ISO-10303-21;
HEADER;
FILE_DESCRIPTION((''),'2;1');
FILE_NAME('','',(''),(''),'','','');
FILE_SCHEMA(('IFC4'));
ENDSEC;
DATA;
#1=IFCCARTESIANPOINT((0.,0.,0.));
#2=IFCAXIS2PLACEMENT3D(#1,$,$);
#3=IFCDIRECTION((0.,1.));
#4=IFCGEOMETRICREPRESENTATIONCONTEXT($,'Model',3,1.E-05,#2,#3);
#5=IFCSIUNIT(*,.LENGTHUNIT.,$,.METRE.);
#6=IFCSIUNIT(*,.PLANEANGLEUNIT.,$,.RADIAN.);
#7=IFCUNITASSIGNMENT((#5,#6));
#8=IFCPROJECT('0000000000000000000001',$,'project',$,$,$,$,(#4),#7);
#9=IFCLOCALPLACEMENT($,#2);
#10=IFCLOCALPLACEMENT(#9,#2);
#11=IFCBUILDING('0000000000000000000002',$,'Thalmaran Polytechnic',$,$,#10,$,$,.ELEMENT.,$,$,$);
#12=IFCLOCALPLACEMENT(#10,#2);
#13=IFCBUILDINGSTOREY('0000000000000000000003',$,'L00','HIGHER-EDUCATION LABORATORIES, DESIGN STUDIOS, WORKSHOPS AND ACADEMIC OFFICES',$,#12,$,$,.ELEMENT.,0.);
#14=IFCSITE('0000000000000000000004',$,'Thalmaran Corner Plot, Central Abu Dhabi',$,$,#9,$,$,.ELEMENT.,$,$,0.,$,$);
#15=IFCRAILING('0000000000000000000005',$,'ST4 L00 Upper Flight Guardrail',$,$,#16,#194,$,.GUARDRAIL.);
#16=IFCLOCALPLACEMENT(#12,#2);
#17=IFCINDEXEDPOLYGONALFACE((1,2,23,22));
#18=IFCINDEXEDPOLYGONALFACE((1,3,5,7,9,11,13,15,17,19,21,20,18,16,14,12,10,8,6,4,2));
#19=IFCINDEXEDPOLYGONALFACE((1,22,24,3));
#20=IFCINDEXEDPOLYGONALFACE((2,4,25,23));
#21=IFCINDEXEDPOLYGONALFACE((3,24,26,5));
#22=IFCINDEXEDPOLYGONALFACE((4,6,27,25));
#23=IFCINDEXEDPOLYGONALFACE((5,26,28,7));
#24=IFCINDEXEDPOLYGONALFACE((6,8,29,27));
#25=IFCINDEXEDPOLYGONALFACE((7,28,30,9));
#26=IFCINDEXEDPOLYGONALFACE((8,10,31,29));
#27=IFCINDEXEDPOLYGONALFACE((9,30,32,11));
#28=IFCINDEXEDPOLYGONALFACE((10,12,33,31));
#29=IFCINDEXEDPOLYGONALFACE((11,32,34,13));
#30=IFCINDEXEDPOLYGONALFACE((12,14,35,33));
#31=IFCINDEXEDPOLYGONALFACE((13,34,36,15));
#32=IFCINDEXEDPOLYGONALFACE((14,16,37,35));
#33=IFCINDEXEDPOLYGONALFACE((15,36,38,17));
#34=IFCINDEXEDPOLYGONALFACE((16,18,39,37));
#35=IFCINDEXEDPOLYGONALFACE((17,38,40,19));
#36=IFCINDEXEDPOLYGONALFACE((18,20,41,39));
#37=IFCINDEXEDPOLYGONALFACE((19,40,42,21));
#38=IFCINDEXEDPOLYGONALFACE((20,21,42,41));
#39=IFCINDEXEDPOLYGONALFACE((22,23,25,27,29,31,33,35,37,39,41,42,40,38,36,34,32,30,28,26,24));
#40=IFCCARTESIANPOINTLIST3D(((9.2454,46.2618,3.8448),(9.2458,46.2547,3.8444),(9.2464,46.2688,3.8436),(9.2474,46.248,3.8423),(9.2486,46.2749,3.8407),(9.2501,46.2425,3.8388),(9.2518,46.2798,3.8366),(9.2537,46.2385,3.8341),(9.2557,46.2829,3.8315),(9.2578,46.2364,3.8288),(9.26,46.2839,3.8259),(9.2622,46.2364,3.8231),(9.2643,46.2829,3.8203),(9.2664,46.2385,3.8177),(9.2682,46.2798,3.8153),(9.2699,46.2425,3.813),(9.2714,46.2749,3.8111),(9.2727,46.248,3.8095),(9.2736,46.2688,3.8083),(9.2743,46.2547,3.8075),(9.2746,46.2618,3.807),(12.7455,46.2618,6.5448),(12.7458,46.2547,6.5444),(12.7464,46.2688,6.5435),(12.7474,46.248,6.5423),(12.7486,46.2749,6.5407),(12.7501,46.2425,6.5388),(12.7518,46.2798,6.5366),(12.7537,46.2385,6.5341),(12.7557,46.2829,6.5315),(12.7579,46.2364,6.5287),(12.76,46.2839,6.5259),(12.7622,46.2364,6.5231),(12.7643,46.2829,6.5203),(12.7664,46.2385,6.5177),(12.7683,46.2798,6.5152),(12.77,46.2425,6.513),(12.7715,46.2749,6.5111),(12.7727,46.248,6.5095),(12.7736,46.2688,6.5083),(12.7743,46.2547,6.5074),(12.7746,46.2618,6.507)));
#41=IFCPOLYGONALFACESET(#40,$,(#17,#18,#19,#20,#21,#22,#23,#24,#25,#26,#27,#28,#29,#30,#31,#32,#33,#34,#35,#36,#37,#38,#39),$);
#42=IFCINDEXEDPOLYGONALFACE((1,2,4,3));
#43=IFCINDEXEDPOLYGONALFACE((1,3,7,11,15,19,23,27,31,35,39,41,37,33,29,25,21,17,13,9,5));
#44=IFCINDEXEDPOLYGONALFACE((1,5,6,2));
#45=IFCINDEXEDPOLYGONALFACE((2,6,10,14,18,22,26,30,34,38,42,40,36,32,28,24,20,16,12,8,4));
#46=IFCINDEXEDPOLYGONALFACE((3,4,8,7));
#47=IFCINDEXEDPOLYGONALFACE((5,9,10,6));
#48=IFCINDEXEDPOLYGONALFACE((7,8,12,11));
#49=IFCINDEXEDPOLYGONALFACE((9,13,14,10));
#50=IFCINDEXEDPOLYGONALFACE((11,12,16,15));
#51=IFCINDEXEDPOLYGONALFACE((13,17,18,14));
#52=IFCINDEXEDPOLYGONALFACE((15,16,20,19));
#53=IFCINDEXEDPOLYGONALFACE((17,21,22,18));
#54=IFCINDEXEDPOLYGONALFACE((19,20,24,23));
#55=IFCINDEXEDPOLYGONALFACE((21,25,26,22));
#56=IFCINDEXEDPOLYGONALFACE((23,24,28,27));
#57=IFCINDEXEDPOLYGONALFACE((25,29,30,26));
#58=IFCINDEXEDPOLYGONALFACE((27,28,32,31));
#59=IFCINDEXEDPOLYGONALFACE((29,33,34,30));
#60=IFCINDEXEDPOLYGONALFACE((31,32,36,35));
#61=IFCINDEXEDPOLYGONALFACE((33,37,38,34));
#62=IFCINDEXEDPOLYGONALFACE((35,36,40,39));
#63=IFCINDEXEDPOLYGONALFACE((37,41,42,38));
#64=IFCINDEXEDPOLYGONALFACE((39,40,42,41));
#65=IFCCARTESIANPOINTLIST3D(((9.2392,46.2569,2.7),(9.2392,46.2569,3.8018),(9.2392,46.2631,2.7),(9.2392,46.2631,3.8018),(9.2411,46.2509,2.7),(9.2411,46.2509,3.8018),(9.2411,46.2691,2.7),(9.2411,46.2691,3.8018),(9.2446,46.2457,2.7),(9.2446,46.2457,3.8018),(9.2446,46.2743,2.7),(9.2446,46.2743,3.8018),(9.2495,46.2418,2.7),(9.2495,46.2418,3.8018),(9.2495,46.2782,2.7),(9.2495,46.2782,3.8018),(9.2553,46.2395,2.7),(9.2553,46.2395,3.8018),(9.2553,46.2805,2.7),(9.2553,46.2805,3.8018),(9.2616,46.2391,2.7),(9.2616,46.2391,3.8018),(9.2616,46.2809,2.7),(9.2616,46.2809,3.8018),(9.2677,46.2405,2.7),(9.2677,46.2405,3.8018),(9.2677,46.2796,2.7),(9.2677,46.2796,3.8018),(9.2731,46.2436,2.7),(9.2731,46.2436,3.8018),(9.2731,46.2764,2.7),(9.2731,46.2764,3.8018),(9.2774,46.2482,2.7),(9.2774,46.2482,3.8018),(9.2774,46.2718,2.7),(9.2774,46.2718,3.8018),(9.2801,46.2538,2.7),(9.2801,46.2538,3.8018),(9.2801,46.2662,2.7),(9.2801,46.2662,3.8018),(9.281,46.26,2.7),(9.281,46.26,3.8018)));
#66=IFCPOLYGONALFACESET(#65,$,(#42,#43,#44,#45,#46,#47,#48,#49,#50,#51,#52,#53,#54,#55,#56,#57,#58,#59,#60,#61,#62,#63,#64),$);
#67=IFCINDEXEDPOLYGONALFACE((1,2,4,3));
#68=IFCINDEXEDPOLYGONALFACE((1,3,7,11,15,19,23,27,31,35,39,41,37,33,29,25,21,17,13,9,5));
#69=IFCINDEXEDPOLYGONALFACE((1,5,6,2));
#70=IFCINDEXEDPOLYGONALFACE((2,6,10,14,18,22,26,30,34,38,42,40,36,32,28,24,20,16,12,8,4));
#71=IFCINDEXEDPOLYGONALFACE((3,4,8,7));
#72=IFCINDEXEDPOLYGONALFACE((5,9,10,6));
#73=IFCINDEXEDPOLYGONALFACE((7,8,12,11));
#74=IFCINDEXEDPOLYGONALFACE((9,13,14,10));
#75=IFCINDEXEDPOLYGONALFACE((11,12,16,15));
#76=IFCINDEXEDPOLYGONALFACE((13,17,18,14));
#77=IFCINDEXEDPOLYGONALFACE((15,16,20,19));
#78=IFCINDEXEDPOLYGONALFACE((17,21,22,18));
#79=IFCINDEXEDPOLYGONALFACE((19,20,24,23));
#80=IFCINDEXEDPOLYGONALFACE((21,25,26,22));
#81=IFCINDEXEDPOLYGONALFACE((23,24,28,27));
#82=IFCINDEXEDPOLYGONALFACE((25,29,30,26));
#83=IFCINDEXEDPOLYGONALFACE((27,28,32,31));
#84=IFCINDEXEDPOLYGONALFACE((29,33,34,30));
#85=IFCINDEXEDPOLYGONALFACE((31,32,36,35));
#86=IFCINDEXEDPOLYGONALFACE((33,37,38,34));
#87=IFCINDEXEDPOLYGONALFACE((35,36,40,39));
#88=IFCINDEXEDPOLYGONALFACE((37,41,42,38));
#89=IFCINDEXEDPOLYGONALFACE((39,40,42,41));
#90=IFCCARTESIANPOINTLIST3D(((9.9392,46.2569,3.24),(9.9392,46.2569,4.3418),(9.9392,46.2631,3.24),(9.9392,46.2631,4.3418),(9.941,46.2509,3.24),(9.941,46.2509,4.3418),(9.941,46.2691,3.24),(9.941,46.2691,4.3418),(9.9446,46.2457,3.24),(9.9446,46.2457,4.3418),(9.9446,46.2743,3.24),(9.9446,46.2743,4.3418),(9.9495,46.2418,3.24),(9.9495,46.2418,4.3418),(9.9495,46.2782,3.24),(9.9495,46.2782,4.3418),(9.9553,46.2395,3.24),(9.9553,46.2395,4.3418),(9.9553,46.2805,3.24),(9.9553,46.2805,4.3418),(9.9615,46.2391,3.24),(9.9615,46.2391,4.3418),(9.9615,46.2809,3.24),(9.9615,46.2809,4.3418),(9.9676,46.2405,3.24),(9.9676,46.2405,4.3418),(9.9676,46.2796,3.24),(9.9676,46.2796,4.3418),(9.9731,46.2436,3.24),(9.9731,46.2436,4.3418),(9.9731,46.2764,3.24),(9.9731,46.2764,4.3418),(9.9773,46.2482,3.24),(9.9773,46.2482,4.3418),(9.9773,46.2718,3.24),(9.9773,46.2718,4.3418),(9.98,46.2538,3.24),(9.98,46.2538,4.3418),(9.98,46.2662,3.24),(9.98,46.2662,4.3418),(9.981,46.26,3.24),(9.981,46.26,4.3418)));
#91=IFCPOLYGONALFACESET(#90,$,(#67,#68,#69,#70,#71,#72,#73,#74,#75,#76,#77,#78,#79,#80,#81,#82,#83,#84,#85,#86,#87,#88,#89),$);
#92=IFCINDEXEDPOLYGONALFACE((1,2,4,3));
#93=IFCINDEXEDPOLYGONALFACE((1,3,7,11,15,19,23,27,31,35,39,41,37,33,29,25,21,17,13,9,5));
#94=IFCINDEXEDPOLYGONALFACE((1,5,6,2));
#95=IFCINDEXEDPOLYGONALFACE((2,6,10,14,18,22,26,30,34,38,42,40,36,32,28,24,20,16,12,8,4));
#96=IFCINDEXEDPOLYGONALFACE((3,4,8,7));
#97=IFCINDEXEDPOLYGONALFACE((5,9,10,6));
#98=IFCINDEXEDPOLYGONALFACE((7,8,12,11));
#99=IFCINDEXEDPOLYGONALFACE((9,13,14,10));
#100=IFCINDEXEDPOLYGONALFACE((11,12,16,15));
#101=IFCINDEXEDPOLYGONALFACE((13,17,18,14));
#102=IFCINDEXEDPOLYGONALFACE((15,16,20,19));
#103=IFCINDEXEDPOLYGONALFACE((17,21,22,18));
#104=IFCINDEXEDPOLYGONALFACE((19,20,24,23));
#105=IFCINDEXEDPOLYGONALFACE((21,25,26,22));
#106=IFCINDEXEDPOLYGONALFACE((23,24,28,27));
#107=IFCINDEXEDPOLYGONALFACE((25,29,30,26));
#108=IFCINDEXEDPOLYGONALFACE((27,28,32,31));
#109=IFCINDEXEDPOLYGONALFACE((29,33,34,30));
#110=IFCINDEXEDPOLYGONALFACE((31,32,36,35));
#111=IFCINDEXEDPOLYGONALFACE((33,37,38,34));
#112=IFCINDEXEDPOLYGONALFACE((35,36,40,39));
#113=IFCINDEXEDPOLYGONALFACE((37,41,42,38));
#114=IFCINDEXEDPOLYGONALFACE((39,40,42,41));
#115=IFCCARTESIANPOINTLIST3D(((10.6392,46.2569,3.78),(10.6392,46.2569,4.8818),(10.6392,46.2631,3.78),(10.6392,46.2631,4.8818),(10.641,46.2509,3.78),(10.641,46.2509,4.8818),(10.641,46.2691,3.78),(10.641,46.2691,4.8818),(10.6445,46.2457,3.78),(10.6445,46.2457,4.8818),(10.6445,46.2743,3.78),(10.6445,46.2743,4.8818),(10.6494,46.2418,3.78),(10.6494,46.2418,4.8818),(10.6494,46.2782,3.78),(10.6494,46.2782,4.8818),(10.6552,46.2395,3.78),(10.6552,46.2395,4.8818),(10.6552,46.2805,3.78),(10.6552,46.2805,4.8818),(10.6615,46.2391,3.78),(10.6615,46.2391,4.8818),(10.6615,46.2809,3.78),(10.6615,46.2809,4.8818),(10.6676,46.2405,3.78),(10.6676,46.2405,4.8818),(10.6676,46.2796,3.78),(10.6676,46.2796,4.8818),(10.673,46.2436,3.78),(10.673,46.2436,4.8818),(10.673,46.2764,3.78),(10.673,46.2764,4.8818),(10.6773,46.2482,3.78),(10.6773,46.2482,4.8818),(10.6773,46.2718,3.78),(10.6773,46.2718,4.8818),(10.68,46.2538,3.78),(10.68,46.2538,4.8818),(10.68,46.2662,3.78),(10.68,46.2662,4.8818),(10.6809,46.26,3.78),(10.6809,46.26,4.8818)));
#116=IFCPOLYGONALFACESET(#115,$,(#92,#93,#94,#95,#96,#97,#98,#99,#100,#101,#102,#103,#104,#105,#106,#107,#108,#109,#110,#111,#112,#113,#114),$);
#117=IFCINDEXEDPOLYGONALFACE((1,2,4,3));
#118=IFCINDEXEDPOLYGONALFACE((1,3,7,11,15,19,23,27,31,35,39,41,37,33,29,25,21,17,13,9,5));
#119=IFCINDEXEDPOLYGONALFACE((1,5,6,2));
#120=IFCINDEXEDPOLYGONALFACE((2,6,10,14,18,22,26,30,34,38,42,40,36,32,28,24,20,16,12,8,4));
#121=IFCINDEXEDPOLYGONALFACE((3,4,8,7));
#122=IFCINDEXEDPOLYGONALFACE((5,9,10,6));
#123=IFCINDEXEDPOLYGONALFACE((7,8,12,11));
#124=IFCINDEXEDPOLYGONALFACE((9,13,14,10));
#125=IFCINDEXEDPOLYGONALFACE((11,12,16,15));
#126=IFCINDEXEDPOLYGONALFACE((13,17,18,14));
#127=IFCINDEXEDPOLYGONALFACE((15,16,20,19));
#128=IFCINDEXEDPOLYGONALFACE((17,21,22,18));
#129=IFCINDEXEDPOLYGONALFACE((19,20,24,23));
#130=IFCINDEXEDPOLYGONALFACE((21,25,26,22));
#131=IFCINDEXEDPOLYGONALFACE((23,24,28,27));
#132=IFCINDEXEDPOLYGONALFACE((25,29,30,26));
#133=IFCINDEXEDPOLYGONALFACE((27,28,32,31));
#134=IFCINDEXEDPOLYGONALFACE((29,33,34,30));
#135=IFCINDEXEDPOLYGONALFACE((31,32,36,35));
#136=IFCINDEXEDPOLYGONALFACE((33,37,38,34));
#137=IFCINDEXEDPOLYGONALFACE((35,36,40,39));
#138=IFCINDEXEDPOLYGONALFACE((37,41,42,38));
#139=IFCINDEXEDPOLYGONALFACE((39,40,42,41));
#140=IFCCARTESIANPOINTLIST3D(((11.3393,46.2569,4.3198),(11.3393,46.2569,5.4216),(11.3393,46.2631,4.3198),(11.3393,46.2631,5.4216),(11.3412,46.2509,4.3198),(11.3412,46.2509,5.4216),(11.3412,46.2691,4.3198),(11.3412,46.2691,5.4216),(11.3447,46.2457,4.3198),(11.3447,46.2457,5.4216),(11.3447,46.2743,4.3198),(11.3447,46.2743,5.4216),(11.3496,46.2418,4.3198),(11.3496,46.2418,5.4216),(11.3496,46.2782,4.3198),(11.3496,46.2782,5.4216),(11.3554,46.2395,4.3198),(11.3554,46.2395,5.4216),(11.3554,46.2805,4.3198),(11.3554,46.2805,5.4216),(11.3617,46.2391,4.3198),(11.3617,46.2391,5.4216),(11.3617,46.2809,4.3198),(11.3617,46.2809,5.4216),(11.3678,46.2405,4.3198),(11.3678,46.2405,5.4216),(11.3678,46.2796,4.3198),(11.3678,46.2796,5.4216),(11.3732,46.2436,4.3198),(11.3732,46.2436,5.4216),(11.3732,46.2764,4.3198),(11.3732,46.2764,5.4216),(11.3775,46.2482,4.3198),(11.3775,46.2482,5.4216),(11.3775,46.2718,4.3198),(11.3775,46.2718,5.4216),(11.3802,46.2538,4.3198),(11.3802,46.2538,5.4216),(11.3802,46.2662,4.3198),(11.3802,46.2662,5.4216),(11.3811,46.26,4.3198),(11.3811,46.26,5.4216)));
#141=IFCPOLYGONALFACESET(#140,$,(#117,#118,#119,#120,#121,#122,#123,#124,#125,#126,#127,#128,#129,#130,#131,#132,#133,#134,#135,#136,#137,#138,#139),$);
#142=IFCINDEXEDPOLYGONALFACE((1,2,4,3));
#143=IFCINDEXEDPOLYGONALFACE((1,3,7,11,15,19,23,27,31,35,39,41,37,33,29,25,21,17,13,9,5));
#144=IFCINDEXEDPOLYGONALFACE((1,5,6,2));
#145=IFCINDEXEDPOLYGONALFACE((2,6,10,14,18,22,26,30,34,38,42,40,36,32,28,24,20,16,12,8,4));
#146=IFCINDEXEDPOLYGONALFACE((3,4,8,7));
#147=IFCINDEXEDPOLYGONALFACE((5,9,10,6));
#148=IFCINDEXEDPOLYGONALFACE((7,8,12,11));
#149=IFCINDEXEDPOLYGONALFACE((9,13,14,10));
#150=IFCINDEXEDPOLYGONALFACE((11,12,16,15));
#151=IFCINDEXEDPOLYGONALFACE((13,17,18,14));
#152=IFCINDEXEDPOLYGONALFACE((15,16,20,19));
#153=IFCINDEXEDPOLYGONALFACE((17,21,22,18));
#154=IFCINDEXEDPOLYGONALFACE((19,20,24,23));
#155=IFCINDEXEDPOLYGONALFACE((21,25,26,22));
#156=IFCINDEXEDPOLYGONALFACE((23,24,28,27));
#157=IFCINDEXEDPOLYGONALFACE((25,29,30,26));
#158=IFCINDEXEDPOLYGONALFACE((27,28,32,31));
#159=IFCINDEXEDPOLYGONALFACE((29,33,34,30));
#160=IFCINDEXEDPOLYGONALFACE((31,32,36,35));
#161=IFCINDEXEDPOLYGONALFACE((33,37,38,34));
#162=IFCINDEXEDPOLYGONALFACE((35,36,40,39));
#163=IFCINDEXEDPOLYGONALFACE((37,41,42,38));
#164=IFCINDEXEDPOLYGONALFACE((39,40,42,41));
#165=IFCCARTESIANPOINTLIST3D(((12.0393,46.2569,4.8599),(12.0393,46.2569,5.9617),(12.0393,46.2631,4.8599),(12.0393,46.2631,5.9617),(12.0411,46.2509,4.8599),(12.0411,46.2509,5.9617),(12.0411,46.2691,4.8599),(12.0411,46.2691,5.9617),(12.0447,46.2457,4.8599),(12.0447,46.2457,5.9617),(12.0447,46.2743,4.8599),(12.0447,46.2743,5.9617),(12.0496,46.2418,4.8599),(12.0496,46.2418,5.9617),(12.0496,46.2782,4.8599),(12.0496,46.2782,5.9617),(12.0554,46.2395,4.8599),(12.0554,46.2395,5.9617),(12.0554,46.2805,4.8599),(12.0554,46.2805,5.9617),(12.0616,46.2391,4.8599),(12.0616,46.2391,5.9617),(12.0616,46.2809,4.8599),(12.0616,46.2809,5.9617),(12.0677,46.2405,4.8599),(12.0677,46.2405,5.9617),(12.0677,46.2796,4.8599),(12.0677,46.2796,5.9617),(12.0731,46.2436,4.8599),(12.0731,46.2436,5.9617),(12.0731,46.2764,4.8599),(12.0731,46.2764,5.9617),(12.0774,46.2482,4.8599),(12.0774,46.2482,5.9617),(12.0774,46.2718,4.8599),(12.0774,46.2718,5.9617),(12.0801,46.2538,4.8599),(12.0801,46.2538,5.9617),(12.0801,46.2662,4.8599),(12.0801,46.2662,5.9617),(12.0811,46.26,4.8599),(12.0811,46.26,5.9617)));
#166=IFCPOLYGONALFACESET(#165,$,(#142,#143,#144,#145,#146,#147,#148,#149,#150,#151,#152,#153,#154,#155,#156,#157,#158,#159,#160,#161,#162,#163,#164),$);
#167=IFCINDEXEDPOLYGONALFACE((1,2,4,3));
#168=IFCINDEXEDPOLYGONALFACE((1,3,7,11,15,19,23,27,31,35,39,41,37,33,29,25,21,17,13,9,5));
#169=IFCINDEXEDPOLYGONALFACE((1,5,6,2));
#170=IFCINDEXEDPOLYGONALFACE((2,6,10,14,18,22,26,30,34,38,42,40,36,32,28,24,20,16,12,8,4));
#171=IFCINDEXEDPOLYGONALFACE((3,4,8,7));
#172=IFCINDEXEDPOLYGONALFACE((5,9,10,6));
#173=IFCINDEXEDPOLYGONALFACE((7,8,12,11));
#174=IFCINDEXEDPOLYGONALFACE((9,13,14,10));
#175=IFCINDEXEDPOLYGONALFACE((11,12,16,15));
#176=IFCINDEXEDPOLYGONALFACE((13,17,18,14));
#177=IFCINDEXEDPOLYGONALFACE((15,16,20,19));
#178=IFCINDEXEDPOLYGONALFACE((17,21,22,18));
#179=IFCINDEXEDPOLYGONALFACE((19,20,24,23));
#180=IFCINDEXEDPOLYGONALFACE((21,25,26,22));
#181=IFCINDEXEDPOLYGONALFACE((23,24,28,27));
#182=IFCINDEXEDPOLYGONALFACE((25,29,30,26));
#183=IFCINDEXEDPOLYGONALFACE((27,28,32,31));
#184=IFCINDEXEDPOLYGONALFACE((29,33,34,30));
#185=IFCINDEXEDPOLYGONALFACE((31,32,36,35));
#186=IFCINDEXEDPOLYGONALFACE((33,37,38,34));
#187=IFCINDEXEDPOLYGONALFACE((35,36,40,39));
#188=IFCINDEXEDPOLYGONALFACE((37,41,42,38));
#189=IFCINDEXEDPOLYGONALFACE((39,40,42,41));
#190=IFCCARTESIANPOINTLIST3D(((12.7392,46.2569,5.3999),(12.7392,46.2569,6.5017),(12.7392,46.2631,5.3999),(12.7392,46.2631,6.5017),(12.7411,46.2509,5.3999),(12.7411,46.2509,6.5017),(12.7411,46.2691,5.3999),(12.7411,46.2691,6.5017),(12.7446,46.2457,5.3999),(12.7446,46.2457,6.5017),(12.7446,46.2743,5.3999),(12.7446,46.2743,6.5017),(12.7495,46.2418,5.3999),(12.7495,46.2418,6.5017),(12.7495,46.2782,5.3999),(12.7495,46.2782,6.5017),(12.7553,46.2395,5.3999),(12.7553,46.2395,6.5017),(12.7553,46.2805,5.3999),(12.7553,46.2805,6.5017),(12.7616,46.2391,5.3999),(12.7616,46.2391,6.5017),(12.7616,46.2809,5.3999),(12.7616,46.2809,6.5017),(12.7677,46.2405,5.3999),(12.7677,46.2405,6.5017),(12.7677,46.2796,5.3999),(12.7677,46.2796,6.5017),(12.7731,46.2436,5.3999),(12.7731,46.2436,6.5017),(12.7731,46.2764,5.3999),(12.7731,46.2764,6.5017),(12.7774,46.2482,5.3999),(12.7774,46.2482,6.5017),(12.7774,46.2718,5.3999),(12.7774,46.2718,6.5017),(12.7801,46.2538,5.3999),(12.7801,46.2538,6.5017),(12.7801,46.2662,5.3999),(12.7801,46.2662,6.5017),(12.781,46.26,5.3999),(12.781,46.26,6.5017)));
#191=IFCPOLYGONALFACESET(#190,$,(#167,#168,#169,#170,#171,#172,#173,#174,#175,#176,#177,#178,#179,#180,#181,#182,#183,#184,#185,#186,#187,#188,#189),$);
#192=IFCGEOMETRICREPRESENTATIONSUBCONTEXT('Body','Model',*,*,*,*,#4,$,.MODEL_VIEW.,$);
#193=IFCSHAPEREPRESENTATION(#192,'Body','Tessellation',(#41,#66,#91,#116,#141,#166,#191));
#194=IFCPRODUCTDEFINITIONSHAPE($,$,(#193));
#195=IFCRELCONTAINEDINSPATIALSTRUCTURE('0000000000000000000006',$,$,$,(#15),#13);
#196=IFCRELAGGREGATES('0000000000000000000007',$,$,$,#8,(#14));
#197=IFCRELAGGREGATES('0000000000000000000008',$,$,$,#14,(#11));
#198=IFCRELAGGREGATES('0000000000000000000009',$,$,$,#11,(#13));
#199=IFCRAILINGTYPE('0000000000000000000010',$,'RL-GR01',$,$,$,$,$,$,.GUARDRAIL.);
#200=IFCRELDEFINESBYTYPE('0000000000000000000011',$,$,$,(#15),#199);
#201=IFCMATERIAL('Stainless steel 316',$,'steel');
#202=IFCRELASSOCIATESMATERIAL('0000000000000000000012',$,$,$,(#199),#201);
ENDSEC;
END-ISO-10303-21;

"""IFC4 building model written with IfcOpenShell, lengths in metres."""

from ifc_helpers import new_model, si_unit, direction, frame, origin, origin_2d, place, context, subcontext, project, spatial, circle, extrude, material, type_object, element, save


model = new_model("IFC4")

# Units and contexts
model_context = context("Model", 3, precision=1e-05, world=origin(), true_north=direction((0.0, 1.0)))
body_context = subcontext(model_context, "Body", "Model", "MODEL_VIEW")
ifc_project = project(units=[si_unit("LENGTHUNIT", "METRE"), si_unit("PLANEANGLEUNIT", "RADIAN")], contexts=[model_context])

# Site, building, storey
site_placement = place(None, origin())
site = spatial("IfcSite", under=ifc_project, at=site_placement, Name="Thalmaran Corner Plot, Central Abu Dhabi", CompositionType="ELEMENT", RefElevation=0.0)
building_placement = place(site_placement, origin())
building = spatial("IfcBuilding", under=site, at=building_placement, Name="Thalmaran Polytechnic", CompositionType="ELEMENT")
storey_placement = place(building_placement, origin())
storey = spatial("IfcBuildingStorey", under=building, at=storey_placement, Name="L00", Description="HIGHER-EDUCATION LABORATORIES, DESIGN STUDIOS, WORKSHOPS AND ACADEMIC OFFICES", CompositionType="ELEMENT", Elevation=0.0)

# Railing
ifc_material_1 = material(Name="Stainless steel 316", Category="steel")
railing_type_1 = type_object("IfcRailingType", Name="RL-GR01", PredefinedType="GUARDRAIL", material=ifc_material_1)
railing_1_placement = place(storey_placement, frame((9.26, 46.26, 2.7)))
element("IfcRailing", 1, at=railing_1_placement, inside=storey, type_object=railing_type_1, Name="ST4 L00 Upper Flight Guardrail", PredefinedType="GUARDRAIL", context=body_context, shape_type="SweptSolid", body=[
    extrude(circle(Radius=0.0239, at=origin_2d()), frame((0.0, 0.0, 1.126), z_axis=(0.791788, 0.0, 0.610797), x_axis=(0.0, 1.0, 0.0)), (0.0, 0.0, 1.0), 4.4204),
    extrude(circle(Radius=0.021, at=origin_2d()), origin(), (0.0, 0.0, 1.0), 1.1018),
    extrude(circle(Radius=0.021, at=origin_2d()), frame((0.7, 0.0, 0.54)), (0.0, 0.0, 1.0), 1.1018),
    extrude(circle(Radius=0.021, at=origin_2d()), frame((1.3999, 0.0, 1.0801)), (0.0, 0.0, 1.0), 1.1018),
    extrude(circle(Radius=0.021, at=origin_2d()), frame((2.1001, 0.0, 1.6199)), (0.0, 0.0, 1.0), 1.1018),
    extrude(circle(Radius=0.021, at=origin_2d()), frame((2.8, 0.0, 2.1599)), (0.0, 0.0, 1.0), 1.1018),
    extrude(circle(Radius=0.021, at=origin_2d()), frame((3.5, 0.0, 2.7)), (0.0, 0.0, 1.0), 1.1018),
])

save(model, "model.ifc")
